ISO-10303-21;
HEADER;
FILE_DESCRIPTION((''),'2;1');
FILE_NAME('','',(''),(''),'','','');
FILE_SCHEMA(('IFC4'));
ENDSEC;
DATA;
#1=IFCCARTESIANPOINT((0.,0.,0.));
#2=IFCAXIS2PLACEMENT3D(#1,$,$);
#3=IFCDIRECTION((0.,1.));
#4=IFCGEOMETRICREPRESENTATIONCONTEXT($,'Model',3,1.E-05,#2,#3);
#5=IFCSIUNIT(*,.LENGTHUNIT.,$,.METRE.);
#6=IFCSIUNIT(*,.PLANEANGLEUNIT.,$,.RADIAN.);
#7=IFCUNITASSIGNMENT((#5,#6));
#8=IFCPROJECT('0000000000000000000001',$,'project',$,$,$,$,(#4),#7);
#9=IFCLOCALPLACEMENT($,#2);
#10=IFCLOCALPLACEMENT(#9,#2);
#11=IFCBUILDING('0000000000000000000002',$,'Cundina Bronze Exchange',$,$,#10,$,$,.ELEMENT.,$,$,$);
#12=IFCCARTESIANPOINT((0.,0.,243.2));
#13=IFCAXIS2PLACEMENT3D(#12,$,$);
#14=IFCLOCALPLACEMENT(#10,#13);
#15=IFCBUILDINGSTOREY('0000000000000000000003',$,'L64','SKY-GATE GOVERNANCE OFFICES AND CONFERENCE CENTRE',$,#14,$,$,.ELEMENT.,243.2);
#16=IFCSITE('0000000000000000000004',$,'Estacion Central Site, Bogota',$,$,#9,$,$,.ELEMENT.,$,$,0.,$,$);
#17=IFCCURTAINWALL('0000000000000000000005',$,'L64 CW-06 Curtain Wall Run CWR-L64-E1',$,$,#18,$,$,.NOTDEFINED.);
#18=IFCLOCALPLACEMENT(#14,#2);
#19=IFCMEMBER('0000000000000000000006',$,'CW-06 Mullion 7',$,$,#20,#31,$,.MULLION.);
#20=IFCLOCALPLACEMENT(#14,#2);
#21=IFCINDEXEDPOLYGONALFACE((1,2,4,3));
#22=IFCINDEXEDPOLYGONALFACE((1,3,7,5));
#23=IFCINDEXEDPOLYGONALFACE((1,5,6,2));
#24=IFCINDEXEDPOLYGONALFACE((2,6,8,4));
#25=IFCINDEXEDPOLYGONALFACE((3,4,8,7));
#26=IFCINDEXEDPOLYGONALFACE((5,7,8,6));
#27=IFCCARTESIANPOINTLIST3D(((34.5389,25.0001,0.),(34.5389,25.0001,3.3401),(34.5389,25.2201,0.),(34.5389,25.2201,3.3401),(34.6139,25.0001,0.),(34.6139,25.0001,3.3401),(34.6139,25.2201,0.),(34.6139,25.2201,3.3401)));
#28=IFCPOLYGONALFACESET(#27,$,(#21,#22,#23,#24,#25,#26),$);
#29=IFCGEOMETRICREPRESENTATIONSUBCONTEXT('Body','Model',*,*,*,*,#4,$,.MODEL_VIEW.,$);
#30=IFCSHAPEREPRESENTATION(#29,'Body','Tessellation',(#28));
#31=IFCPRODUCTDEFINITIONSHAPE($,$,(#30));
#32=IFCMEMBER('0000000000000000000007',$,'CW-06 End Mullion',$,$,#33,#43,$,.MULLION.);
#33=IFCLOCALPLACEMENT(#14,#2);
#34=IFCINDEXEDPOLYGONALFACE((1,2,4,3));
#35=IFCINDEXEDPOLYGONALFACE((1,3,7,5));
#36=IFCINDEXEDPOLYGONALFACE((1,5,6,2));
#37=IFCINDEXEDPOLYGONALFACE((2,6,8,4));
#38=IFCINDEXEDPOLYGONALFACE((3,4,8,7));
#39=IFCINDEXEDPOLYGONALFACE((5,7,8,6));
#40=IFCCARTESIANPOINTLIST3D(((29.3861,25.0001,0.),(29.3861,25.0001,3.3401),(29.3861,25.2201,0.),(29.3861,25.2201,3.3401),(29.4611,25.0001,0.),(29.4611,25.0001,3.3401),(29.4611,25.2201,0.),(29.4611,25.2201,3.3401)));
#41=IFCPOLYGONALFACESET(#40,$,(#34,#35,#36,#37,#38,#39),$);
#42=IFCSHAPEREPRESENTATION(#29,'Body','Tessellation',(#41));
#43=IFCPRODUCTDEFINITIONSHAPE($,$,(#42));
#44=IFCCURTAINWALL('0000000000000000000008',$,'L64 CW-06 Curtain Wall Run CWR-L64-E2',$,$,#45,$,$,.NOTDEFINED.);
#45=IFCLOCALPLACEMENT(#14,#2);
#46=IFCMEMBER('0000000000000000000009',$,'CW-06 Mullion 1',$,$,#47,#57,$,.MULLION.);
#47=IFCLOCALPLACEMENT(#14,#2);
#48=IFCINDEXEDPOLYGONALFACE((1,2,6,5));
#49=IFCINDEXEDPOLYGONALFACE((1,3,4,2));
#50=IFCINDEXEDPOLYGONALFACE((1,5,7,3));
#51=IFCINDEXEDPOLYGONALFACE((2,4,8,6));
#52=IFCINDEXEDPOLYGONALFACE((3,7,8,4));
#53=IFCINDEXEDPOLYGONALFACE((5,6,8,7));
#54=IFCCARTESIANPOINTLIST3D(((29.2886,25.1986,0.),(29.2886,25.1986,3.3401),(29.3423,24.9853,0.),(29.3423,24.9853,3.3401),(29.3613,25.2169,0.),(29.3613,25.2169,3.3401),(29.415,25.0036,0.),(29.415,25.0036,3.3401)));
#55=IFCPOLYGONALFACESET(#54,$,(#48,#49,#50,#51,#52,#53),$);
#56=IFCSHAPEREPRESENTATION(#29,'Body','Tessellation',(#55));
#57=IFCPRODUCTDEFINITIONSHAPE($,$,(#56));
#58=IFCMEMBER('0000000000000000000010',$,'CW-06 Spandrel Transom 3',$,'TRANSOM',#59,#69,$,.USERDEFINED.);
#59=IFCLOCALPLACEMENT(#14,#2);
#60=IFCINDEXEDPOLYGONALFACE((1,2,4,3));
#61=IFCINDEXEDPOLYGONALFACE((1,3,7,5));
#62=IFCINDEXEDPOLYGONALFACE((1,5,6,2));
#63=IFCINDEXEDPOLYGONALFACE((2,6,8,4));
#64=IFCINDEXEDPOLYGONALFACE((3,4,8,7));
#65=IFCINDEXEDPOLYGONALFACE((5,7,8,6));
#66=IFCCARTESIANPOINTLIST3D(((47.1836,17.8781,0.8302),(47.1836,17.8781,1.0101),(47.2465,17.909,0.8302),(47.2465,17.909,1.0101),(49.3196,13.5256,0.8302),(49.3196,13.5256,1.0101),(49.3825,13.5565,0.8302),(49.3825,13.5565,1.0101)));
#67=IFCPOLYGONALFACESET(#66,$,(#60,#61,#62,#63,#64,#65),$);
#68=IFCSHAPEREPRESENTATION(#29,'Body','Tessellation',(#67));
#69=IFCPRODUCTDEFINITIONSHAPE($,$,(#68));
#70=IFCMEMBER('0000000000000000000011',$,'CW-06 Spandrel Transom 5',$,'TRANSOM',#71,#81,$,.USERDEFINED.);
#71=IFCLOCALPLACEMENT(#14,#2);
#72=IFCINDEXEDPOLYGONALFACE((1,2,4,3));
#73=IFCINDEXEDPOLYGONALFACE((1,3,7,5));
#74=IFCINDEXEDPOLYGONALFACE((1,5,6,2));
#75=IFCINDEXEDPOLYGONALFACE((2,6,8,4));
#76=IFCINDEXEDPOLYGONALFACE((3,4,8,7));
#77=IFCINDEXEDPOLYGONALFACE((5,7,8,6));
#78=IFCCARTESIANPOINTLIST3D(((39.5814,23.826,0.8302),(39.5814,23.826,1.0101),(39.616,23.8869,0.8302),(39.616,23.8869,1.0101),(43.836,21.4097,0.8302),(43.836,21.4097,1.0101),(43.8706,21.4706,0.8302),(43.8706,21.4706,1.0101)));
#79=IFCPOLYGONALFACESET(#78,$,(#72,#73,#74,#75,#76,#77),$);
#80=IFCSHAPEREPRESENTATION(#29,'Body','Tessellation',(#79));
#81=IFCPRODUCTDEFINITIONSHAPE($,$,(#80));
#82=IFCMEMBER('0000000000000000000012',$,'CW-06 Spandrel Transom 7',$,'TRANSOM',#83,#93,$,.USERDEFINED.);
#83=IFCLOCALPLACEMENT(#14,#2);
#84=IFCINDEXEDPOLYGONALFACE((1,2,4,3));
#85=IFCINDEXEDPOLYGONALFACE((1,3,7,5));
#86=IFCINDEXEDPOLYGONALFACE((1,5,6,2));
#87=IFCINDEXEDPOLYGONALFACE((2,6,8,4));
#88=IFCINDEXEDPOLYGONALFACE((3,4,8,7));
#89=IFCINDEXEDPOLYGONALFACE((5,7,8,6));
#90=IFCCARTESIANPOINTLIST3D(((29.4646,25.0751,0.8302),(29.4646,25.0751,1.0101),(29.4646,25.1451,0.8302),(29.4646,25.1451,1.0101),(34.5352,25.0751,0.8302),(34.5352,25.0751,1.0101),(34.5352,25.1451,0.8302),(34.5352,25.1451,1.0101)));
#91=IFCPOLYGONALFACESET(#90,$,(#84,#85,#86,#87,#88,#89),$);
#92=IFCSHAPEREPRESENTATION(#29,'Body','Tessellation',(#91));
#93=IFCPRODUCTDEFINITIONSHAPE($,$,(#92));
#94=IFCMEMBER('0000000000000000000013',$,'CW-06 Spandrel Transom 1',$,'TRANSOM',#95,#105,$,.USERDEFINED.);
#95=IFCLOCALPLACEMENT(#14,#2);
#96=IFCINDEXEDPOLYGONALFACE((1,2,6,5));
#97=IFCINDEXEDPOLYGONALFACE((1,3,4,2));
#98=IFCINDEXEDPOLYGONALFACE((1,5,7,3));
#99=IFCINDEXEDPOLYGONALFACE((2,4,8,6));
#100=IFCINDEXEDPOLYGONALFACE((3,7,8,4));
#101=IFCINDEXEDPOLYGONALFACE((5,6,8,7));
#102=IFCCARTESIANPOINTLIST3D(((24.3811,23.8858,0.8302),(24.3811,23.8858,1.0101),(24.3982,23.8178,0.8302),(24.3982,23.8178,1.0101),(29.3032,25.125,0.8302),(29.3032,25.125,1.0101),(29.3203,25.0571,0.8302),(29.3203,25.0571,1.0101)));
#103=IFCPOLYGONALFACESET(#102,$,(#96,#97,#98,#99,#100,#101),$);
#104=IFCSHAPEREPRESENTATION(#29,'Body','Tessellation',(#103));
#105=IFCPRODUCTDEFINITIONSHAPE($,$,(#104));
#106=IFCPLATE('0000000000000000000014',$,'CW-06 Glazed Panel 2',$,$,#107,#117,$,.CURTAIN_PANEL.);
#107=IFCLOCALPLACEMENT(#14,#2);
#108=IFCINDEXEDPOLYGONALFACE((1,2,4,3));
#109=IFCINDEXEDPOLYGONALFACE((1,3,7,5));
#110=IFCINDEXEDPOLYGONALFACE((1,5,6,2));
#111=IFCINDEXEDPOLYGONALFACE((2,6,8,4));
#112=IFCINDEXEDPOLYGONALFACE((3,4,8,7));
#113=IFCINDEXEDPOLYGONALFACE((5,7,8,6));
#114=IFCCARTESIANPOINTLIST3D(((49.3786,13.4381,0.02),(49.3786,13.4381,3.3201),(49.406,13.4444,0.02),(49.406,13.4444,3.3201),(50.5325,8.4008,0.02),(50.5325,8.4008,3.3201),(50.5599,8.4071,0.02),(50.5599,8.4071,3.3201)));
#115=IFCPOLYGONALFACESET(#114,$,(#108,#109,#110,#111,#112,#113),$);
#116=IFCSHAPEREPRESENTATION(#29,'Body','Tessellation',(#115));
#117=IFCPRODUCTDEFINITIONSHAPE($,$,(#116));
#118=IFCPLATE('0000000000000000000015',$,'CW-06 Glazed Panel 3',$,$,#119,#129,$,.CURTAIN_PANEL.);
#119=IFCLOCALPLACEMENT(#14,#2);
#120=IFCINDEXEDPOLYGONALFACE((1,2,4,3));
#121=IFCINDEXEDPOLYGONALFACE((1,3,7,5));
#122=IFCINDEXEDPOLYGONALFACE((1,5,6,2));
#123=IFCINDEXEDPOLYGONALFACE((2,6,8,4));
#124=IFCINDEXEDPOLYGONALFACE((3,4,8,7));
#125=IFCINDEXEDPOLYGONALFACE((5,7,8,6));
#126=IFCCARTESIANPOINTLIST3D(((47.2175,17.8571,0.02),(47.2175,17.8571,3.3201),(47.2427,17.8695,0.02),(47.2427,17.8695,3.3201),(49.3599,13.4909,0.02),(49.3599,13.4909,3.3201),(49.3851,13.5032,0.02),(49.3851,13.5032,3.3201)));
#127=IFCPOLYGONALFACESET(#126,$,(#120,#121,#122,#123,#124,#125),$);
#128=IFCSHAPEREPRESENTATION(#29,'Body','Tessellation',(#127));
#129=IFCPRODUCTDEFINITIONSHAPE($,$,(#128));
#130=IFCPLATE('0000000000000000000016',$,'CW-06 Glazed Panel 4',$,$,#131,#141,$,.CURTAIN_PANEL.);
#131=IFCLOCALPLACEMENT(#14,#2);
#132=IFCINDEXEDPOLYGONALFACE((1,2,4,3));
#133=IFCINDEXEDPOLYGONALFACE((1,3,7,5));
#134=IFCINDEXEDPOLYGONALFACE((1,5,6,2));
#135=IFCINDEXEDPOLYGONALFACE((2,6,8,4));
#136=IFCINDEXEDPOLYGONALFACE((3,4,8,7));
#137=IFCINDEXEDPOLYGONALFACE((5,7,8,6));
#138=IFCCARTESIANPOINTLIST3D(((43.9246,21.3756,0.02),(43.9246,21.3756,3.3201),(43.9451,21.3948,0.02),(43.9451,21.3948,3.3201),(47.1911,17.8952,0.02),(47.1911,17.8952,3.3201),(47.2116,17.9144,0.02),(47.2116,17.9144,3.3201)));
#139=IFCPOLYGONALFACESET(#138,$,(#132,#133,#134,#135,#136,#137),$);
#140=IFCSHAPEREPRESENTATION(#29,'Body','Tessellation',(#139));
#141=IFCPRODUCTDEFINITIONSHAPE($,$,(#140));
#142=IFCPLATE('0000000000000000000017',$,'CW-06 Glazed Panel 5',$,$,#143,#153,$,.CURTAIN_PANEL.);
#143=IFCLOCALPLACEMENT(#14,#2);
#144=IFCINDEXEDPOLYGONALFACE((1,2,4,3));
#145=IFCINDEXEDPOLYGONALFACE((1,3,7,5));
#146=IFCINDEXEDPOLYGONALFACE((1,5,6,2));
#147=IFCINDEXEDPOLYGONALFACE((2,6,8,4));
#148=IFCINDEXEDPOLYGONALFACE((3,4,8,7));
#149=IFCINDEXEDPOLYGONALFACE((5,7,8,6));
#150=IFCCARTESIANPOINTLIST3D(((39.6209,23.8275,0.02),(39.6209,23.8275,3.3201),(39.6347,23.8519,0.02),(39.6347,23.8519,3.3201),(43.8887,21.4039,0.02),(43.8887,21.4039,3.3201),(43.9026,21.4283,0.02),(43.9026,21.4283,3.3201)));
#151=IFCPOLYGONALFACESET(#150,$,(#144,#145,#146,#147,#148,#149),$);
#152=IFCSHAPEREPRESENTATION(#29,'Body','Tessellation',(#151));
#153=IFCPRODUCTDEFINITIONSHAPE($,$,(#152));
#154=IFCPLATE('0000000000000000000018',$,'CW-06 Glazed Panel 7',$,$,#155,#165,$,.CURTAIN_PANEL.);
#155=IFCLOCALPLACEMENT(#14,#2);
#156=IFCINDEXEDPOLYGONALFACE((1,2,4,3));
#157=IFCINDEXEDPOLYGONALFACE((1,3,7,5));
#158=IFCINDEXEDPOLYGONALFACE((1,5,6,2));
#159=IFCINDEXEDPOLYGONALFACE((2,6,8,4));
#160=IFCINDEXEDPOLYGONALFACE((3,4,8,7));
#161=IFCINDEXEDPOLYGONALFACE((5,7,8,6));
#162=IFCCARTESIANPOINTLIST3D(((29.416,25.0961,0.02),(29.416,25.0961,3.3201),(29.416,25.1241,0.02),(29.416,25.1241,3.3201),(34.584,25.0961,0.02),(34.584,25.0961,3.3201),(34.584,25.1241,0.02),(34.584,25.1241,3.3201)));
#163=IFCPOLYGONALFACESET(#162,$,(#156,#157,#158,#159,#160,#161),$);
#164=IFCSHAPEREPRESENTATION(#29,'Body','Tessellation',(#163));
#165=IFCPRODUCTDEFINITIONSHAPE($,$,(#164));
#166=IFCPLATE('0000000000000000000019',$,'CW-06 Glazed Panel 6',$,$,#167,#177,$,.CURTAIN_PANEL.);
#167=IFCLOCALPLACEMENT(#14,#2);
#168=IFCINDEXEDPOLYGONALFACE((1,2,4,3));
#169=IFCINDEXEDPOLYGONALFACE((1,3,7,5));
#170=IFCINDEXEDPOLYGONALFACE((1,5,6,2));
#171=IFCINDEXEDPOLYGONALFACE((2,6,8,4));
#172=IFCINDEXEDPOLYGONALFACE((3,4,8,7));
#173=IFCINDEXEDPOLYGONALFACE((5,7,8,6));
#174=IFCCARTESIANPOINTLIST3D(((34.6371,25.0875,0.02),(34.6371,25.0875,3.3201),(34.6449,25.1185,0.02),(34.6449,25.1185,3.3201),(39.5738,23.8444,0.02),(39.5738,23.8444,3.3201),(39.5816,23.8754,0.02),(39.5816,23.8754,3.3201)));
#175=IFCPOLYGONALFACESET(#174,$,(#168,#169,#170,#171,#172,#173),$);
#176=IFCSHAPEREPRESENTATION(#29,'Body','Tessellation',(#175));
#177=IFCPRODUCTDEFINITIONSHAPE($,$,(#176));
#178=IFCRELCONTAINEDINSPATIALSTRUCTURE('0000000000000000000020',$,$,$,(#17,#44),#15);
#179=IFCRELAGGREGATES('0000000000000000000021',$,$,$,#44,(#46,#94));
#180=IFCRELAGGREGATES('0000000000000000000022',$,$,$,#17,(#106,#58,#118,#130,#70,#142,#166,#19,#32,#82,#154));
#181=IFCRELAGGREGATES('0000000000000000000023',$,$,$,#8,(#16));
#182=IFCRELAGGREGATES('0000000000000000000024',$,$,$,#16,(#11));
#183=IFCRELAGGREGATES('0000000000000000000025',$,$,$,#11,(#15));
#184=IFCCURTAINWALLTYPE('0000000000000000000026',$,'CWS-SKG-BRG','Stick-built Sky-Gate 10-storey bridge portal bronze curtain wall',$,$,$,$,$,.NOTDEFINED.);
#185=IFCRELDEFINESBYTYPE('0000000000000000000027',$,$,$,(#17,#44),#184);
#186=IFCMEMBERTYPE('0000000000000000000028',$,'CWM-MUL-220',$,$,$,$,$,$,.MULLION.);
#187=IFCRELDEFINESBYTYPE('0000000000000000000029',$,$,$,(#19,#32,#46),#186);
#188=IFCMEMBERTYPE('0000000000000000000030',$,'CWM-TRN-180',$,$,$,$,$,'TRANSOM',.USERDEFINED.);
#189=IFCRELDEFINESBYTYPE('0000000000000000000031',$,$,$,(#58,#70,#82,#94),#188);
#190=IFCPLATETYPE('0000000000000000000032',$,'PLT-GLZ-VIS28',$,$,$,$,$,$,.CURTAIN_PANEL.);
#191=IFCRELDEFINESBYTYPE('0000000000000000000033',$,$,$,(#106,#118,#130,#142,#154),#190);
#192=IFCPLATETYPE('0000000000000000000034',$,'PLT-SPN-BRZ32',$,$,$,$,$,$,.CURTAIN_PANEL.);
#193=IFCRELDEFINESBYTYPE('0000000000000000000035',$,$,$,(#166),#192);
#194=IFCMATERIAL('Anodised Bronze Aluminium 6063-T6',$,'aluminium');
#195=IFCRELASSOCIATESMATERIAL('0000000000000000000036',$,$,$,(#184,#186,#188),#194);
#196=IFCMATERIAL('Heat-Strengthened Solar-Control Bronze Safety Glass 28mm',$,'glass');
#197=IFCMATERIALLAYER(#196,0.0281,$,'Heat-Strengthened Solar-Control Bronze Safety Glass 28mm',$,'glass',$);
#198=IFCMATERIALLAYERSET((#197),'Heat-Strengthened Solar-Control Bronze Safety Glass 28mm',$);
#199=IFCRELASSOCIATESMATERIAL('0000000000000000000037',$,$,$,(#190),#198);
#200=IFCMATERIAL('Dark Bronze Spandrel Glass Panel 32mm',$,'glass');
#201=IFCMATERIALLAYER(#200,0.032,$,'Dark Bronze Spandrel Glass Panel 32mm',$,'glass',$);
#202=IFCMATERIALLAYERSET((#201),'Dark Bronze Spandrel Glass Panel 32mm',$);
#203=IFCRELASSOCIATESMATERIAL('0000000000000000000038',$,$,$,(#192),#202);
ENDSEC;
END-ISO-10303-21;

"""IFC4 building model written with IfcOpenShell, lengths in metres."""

from ifc_helpers import new_model, si_unit, direction, frame, origin, origin_2d, place, context, subcontext, project, spatial, rectangle, extrude, material, layer, layer_set, material_profile, profile_set, type_object, element, aggregate, save


model = new_model("IFC4")

# Units and contexts
model_context = context("Model", 3, precision=1e-05, world=origin(), true_north=direction((0.0, 1.0)))
body_context = subcontext(model_context, "Body", "Model", "MODEL_VIEW")
ifc_project = project(units=[si_unit("LENGTHUNIT", "METRE"), si_unit("PLANEANGLEUNIT", "RADIAN")], contexts=[model_context])

# Site, building, storey
site_placement = place(None, origin())
site = spatial("IfcSite", under=ifc_project, at=site_placement, Name="Estacion Central Site, Bogota", CompositionType="ELEMENT", RefElevation=0.0)
building_placement = place(site_placement, origin())
building = spatial("IfcBuilding", under=site, at=building_placement, Name="Cundina Bronze Exchange", CompositionType="ELEMENT")
storey_placement = place(building_placement, frame((0.0, 0.0, 243.2)))
storey = spatial("IfcBuildingStorey", under=building, at=storey_placement, Name="L64", Description="SKY-GATE GOVERNANCE OFFICES AND CONFERENCE CENTRE", CompositionType="ELEMENT", Elevation=243.2)

# Curtain wall, members
ifc_material_1 = material(Name="Anodised Bronze Aluminium 6063-T6", Category="aluminium")
curtain_wall_type = type_object("IfcCurtainWallType", Name="CWS-SKG-BRG", Description="Stick-built Sky-Gate 10-storey bridge portal bronze curtain wall", PredefinedType="NOTDEFINED", material=ifc_material_1)
curtain_wall_1_placement = place(storey_placement, origin())
curtain_wall_1 = element("IfcCurtainWall", 1, at=curtain_wall_1_placement, inside=storey, type_object=curtain_wall_type, Name="L64 CW-06 Curtain Wall Run CWR-L64-E1", PredefinedType="NOTDEFINED")
ifc_material_profile_1 = material_profile(ifc_material_1, rectangle(XDim=0.075, YDim=0.22, at=origin_2d()), Name="AL75X220", Category="aluminium")
ifc_profile_set_1 = profile_set([ifc_material_profile_1], Name="Anodised Bronze Aluminium 6063-T6")
member_type_1 = type_object("IfcMemberType", Name="CWM-MUL-220", PredefinedType="MULLION", material=ifc_profile_set_1)
member_1_placement = place(storey_placement, frame((34.5764, 25.1101, 0.0), z_axis=(0.0, 0.0, 1.0), x_axis=(-1.0, 0.0, 0.0)))
member_1 = element("IfcMember", 2, at=member_1_placement, type_object=member_type_1, Name="CW-06 Mullion 7", PredefinedType="MULLION", context=body_context, shape_type="SweptSolid", body=[
    extrude(rectangle(XDim=0.075, YDim=0.22, at=origin_2d()), origin(), (0.0, 0.0, 1.0), 3.3401),
])
member_2_placement = place(storey_placement, frame((29.4236, 25.1101, 0.0), z_axis=(0.0, 0.0, 1.0), x_axis=(-1.0, 0.0, 0.0)))
member_2 = element("IfcMember", 3, at=member_2_placement, type_object=member_type_1, Name="CW-06 End Mullion", PredefinedType="MULLION", context=body_context, shape_type="SweptSolid", body=[
    extrude(rectangle(XDim=0.075, YDim=0.22, at=origin_2d()), origin(), (0.0, 0.0, 1.0), 3.3401),
])

# Curtain wall, member
curtain_wall_2_placement = place(storey_placement, origin())
curtain_wall_2 = element("IfcCurtainWall", 4, at=curtain_wall_2_placement, inside=storey, type_object=curtain_wall_type, Name="L64 CW-06 Curtain Wall Run CWR-L64-E2", PredefinedType="NOTDEFINED")
member_3_placement = place(storey_placement, frame((29.3518, 25.1011, 0.0), z_axis=(0.0, 0.0, 1.0), x_axis=(-0.969744, -0.244123, 0.0)))
member_3 = element("IfcMember", 5, at=member_3_placement, type_object=member_type_1, Name="CW-06 Mullion 1", PredefinedType="MULLION", context=body_context, shape_type="SweptSolid", body=[
    extrude(rectangle(XDim=0.075, YDim=0.22, at=origin_2d()), origin(), (0.0, 0.0, 1.0), 3.3401),
])

# Members
ifc_material_profile_2 = material_profile(ifc_material_1, rectangle(XDim=0.0701, YDim=0.1799, at=origin_2d()), Name="AL70X180", Category="aluminium")
ifc_profile_set_2 = profile_set([ifc_material_profile_2], Name="Anodised Bronze Aluminium 6063-T6")
member_type_2 = type_object("IfcMemberType", Name="CWM-TRN-180", ElementType="TRANSOM", PredefinedType="USERDEFINED", material=ifc_profile_set_2)
member_4_placement = place(storey_placement, frame((49.3511, 13.541, 0.9202), z_axis=(-0.440554, 0.897726, 0.0), x_axis=(-0.897726, -0.440554, 0.0)))
member_4 = element("IfcMember", 6, at=member_4_placement, type_object=member_type_2, Name="CW-06 Spandrel Transom 3", ObjectType="TRANSOM", PredefinedType="USERDEFINED", context=body_context, shape_type="SweptSolid", body=[
    extrude(rectangle(XDim=0.0701, YDim=0.1799, at=origin_2d()), origin(), (0.0, 0.0, 1.0), 4.8484),
])
member_5_placement = place(storey_placement, frame((43.8533, 21.4402, 0.9202), z_axis=(-0.869557, 0.493832, 0.0), x_axis=(-0.493832, -0.869557, 0.0)))
member_5 = element("IfcMember", 7, at=member_5_placement, type_object=member_type_2, Name="CW-06 Spandrel Transom 5", ObjectType="TRANSOM", PredefinedType="USERDEFINED", context=body_context, shape_type="SweptSolid", body=[
    extrude(rectangle(XDim=0.0701, YDim=0.1799, at=origin_2d()), origin(), (0.0, 0.0, 1.0), 4.8928),
])
member_6_placement = place(storey_placement, frame((34.5352, 25.1101, 0.9202), z_axis=(-1.0, 0.0, 0.0), x_axis=(0.0, -1.0, 0.0)))
member_6 = element("IfcMember", 8, at=member_6_placement, type_object=member_type_2, Name="CW-06 Spandrel Transom 7", ObjectType="TRANSOM", PredefinedType="USERDEFINED", context=body_context, shape_type="SweptSolid", body=[
    extrude(rectangle(XDim=0.0701, YDim=0.1799, at=origin_2d()), origin(), (0.0, 0.0, 1.0), 5.0706),
])
member_7_placement = place(storey_placement, frame((29.3118, 25.0911, 0.9202), z_axis=(-0.969737, -0.244154, 0.0), x_axis=(0.244154, -0.969737, 0.0)))
member_7 = element("IfcMember", 9, at=member_7_placement, type_object=member_type_2, Name="CW-06 Spandrel Transom 1", ObjectType="TRANSOM", PredefinedType="USERDEFINED", context=body_context, shape_type="SweptSolid", body=[
    extrude(rectangle(XDim=0.0701, YDim=0.1799, at=origin_2d()), origin(), (0.0, 0.0, 1.0), 5.0757),
])
aggregate(curtain_wall_2, [member_3, member_7])

# Plates
ifc_material_2 = material(Name="Heat-Strengthened Solar-Control Bronze Safety Glass 28mm", Category="glass")
ifc_layer_1 = layer(ifc_material_2, 0.0281, Name="Heat-Strengthened Solar-Control Bronze Safety Glass 28mm", Category="glass")
ifc_layer_set_1 = layer_set([ifc_layer_1], Name="Heat-Strengthened Solar-Control Bronze Safety Glass 28mm")
plate_type_1 = type_object("IfcPlateType", Name="PLT-GLZ-VIS28", PredefinedType="CURTAIN_PANEL", material=ifc_layer_set_1)
plate_1_placement = place(storey_placement, frame((49.9692, 10.9226, 0.02), z_axis=(0.0, 0.0, 1.0), x_axis=(-0.223284, 0.974753, 0.0)))
plate_1 = element("IfcPlate", 10, at=plate_1_placement, type_object=plate_type_1, Name="CW-06 Glazed Panel 2", PredefinedType="CURTAIN_PANEL", context=body_context, shape_type="SweptSolid", body=[
    extrude(rectangle(XDim=5.1677, YDim=0.0281, at=origin_2d()), origin(), (0.0, 0.0, 1.0), 3.3),
])
plate_2_placement = place(storey_placement, frame((48.3013, 15.6802, 0.02), z_axis=(0.0, 0.0, 1.0), x_axis=(-0.440503, 0.897751, 0.0)))
plate_2 = element("IfcPlate", 11, at=plate_2_placement, type_object=plate_type_1, Name="CW-06 Glazed Panel 3", PredefinedType="CURTAIN_PANEL", context=body_context, shape_type="SweptSolid", body=[
    extrude(rectangle(XDim=4.8635, YDim=0.0281, at=origin_2d()), origin(), (0.0, 0.0, 1.0), 3.3),
])
plate_3_placement = place(storey_placement, frame((45.5681, 19.645, 0.02), z_axis=(0.0, 0.0, 1.0), x_axis=(-0.684344, 0.72916, 0.0)))
plate_3 = element("IfcPlate", 12, at=plate_3_placement, type_object=plate_type_1, Name="CW-06 Glazed Panel 4", PredefinedType="CURTAIN_PANEL", context=body_context, shape_type="SweptSolid", body=[
    extrude(rectangle(XDim=4.7732, YDim=0.0281, at=origin_2d()), origin(), (0.0, 0.0, 1.0), 3.3),
])
plate_4_placement = place(storey_placement, frame((41.7617, 22.6279, 0.02), z_axis=(0.0, 0.0, 1.0), x_axis=(-0.869573, 0.493805, 0.0)))
plate_4 = element("IfcPlate", 13, at=plate_4_placement, type_object=plate_type_1, Name="CW-06 Glazed Panel 5", PredefinedType="CURTAIN_PANEL", context=body_context, shape_type="SweptSolid", body=[
    extrude(rectangle(XDim=4.908, YDim=0.0281, at=origin_2d()), origin(), (0.0, 0.0, 1.0), 3.3),
])
plate_5_placement = place(storey_placement, frame((32.0, 25.1101, 0.02), z_axis=(0.0, 0.0, 1.0), x_axis=(-1.0, 0.0, 0.0)))
plate_5 = element("IfcPlate", 14, at=plate_5_placement, type_object=plate_type_1, Name="CW-06 Glazed Panel 7", PredefinedType="CURTAIN_PANEL", context=body_context, shape_type="SweptSolid", body=[
    extrude(rectangle(XDim=5.168, YDim=0.0281, at=origin_2d()), origin(), (0.0, 0.0, 1.0), 3.3),
])
ifc_material_3 = material(Name="Dark Bronze Spandrel Glass Panel 32mm", Category="glass")
ifc_layer_2 = layer(ifc_material_3, 0.032, Name="Dark Bronze Spandrel Glass Panel 32mm", Category="glass")
ifc_layer_set_2 = layer_set([ifc_layer_2], Name="Dark Bronze Spandrel Glass Panel 32mm")
plate_type_2 = type_object("IfcPlateType", Name="PLT-SPN-BRZ32", PredefinedType="CURTAIN_PANEL", material=ifc_layer_set_2)
plate_6_placement = place(storey_placement, frame((37.1094, 24.4814, 0.02), z_axis=(0.0, 0.0, 1.0), x_axis=(-0.969732, 0.244174, 0.0)))
plate_6 = element("IfcPlate", 15, at=plate_6_placement, type_object=plate_type_2, Name="CW-06 Glazed Panel 6", PredefinedType="CURTAIN_PANEL", context=body_context, shape_type="SweptSolid", body=[
    extrude(rectangle(XDim=5.0908, YDim=0.032, at=origin_2d()), origin(), (0.0, 0.0, 1.0), 3.3),
])
aggregate(curtain_wall_1, [plate_1, member_4, plate_2, plate_3, member_5, plate_4, plate_6, member_1, member_2, member_6, plate_5])

save(model, "model.ifc")
